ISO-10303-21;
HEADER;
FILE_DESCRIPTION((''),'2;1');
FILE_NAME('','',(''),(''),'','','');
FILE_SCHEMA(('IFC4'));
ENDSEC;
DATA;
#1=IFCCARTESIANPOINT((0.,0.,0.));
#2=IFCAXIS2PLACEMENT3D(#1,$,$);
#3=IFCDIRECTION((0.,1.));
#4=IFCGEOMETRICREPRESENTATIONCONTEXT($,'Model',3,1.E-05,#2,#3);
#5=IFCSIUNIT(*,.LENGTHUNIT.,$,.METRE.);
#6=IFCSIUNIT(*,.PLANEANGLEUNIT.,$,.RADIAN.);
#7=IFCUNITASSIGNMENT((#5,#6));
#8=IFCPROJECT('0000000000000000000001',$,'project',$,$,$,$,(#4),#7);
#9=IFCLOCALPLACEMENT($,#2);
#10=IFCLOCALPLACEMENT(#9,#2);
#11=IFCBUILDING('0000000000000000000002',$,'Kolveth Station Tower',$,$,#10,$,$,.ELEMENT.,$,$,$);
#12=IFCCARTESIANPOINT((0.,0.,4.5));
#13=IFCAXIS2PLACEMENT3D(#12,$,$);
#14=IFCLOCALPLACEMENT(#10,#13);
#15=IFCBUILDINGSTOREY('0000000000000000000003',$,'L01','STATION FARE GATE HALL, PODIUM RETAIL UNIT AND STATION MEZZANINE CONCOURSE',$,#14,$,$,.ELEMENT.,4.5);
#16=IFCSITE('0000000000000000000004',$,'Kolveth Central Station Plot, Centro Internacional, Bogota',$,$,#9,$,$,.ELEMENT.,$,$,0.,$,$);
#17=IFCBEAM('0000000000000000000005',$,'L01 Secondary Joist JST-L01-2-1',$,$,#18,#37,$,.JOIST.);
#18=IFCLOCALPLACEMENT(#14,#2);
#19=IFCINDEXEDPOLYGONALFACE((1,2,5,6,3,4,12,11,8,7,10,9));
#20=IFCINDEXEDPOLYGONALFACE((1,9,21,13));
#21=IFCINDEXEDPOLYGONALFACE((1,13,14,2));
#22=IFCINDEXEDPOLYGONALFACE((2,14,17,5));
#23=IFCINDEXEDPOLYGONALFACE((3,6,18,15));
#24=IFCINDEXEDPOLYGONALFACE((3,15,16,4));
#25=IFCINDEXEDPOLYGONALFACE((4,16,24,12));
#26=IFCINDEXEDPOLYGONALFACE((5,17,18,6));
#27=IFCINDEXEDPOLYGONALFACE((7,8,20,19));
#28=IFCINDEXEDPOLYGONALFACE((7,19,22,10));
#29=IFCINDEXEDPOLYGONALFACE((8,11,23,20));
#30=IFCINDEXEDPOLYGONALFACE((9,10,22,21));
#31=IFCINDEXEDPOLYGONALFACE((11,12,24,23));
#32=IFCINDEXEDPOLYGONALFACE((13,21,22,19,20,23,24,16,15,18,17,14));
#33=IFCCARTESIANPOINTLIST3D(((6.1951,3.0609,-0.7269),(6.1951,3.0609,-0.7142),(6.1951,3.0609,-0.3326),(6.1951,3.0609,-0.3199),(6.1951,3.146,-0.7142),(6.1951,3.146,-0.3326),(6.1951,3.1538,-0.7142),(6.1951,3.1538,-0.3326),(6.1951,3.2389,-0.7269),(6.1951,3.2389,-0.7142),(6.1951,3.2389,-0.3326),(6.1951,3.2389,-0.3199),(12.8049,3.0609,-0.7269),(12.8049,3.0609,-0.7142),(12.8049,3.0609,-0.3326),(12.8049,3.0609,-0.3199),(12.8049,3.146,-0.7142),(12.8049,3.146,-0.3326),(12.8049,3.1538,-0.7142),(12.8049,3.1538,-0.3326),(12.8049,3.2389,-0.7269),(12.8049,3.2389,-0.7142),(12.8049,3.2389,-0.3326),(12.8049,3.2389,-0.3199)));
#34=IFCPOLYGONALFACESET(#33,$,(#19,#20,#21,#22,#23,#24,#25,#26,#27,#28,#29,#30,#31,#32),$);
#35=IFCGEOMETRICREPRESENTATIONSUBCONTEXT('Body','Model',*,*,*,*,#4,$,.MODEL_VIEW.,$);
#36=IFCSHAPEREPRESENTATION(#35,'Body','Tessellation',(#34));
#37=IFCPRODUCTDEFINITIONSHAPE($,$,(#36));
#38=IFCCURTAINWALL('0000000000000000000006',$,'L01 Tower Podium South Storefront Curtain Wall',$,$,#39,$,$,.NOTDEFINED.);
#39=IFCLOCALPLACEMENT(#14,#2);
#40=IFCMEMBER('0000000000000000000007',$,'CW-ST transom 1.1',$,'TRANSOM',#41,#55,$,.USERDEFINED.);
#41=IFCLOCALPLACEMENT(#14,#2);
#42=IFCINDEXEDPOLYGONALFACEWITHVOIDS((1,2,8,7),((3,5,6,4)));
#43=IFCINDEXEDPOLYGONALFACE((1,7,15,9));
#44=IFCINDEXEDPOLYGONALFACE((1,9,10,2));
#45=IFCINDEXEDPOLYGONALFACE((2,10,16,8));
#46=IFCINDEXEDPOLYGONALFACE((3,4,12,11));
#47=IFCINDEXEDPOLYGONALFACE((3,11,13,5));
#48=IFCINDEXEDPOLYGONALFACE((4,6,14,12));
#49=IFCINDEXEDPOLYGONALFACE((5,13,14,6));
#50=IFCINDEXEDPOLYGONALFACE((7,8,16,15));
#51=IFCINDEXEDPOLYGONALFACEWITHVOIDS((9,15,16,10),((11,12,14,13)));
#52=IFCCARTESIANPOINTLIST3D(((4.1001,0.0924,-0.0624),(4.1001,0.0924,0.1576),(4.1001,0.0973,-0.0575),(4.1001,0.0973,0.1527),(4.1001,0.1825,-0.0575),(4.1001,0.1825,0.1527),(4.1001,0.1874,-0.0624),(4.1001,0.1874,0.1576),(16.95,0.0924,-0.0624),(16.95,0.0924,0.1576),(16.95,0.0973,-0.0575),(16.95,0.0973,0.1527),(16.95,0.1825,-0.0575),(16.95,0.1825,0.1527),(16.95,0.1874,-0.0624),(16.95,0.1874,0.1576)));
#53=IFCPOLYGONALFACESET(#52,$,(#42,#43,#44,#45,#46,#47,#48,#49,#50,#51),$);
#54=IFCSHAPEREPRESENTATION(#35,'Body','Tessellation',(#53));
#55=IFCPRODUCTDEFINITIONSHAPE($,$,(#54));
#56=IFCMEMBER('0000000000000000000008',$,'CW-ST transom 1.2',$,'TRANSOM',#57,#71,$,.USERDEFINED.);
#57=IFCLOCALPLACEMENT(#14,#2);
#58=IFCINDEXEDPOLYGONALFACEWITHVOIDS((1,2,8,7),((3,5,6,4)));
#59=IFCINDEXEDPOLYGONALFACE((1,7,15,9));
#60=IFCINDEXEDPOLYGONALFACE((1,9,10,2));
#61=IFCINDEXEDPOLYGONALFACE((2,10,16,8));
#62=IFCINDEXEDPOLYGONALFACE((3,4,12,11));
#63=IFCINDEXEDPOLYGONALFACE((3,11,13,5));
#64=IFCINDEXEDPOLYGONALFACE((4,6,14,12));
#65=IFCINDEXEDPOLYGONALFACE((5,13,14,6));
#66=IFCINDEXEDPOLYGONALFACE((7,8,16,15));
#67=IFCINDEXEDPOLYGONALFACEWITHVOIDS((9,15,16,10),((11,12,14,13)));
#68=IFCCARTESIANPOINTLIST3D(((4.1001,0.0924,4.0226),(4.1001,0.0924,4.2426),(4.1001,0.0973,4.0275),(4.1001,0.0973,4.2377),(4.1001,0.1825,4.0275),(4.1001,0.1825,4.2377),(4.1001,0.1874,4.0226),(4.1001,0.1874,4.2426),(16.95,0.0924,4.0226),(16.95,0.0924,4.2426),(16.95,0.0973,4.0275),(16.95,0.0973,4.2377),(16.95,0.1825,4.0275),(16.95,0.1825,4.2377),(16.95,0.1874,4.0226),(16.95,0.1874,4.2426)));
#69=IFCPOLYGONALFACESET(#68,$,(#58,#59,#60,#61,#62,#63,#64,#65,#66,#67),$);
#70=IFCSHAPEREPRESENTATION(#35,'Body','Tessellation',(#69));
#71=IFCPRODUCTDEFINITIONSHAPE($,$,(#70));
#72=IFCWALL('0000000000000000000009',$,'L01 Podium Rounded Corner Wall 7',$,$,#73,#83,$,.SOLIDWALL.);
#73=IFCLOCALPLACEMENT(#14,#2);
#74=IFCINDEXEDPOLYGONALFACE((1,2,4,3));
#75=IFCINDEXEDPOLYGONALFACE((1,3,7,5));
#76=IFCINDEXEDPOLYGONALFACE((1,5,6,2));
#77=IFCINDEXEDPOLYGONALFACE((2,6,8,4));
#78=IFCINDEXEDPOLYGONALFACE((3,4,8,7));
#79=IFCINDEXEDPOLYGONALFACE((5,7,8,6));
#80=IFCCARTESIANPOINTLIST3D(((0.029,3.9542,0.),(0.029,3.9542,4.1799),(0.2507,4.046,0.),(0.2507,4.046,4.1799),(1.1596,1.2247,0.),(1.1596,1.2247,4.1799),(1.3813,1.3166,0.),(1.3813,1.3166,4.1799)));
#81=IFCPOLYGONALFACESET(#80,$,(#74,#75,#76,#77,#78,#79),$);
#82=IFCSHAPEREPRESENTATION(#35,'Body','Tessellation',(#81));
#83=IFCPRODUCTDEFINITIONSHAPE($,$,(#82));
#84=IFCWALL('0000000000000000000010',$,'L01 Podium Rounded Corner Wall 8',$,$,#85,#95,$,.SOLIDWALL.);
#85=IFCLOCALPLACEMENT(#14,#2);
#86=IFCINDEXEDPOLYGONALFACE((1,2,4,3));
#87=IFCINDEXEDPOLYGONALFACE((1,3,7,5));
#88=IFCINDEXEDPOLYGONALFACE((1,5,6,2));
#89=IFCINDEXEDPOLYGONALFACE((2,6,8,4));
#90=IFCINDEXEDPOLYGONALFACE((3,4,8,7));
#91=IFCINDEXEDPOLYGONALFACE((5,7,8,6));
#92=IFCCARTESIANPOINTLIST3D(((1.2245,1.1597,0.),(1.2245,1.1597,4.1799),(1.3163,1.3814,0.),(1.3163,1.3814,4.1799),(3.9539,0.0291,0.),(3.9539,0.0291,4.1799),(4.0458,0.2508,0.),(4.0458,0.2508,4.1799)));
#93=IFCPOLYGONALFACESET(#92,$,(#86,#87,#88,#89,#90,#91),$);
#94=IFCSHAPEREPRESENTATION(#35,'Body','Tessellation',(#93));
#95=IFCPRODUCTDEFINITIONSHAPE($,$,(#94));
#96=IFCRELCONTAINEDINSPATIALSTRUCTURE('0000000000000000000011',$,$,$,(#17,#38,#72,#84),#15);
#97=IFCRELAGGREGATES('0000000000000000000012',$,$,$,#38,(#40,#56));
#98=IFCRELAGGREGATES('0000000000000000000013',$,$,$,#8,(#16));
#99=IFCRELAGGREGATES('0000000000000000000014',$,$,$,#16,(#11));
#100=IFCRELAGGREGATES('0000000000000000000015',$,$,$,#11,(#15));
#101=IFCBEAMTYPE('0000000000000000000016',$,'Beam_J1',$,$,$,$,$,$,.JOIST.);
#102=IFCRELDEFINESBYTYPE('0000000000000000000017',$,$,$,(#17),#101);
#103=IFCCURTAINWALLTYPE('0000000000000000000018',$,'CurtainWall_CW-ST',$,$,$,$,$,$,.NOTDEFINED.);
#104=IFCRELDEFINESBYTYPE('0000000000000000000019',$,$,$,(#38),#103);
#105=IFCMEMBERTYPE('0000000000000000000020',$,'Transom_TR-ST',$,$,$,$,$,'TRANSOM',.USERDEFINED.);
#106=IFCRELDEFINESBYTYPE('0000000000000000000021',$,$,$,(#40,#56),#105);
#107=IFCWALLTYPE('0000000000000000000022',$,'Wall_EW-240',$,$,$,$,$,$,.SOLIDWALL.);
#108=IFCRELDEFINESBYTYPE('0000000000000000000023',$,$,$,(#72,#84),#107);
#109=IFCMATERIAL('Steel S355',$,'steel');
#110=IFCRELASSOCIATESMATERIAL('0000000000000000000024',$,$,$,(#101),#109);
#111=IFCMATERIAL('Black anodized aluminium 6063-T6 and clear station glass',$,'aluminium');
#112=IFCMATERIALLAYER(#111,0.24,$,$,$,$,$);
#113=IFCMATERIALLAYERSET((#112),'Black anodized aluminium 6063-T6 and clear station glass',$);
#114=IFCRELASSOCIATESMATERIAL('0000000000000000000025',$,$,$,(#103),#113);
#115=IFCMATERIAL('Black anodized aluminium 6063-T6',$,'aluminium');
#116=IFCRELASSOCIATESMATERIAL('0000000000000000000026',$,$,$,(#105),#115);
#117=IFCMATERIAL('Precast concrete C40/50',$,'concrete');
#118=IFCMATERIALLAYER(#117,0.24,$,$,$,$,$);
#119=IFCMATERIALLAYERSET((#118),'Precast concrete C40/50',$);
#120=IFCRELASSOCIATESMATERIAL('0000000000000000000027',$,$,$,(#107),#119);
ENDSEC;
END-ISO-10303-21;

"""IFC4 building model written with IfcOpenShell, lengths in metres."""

from ifc_helpers import new_model, si_unit, direction, frame, frame_2d, origin, origin_2d, place, context, subcontext, project, spatial, rectangle, hollow_rectangle, i_section, extrude, source, transform, mapped, material, layer, layer_set, material_profile, profile_set, type_object, element, aggregate, save


model = new_model("IFC4")

# Units and contexts
model_context = context("Model", 3, precision=1e-05, world=origin(), true_north=direction((0.0, 1.0)))
body_context = subcontext(model_context, "Body", "Model", "MODEL_VIEW")
ifc_project = project(units=[si_unit("LENGTHUNIT", "METRE"), si_unit("PLANEANGLEUNIT", "RADIAN")], contexts=[model_context])

# Site, building, storey
site_placement = place(None, origin())
site = spatial("IfcSite", under=ifc_project, at=site_placement, Name="Kolveth Central Station Plot, Centro Internacional, Bogota", CompositionType="ELEMENT", RefElevation=0.0)
building_placement = place(site_placement, origin())
building = spatial("IfcBuilding", under=site, at=building_placement, Name="Kolveth Station Tower", CompositionType="ELEMENT")
storey_placement = place(building_placement, frame((0.0, 0.0, 4.5)))
storey = spatial("IfcBuildingStorey", under=building, at=storey_placement, Name="L01", Description="STATION FARE GATE HALL, PODIUM RETAIL UNIT AND STATION MEZZANINE CONCOURSE", CompositionType="ELEMENT", Elevation=4.5)

# Beam
ifc_material_1 = material(Name="Steel S355", Category="steel")
ifc_material_profile_1 = material_profile(ifc_material_1, i_section(OverallWidth=0.178, OverallDepth=0.407, WebThickness=0.0078, FlangeThickness=0.0127, at=origin_2d()), Name="W410x60")
ifc_profile_set_1 = profile_set([ifc_material_profile_1], Name="Steel S355")
beam_type_1 = type_object("IfcBeamType", Name="Beam_J1", PredefinedType="JOIST", material=ifc_profile_set_1)
shared_shape_1 = source(origin(), body_context, "Body", "SweptSolid", [
    extrude(i_section(OverallWidth=0.178, OverallDepth=0.407, WebThickness=0.0078, FlangeThickness=0.0127, at=origin_2d()), origin(), (0.0, 0.0, 1.0), 6.6099),
])
beam_1_placement = place(storey_placement, frame((6.1951, 3.1499, -0.5234), z_axis=(1.0, 0.0, 0.0), x_axis=(0.0, 1.0, 0.0)))
element("IfcBeam", 1, at=beam_1_placement, inside=storey, type_object=beam_type_1, Name="L01 Secondary Joist JST-L01-2-1", PredefinedType="JOIST", context=body_context, shape_type="MappedRepresentation", body=[
    mapped(shared_shape_1, transform((0.0, 0.0, 0.0), x_axis=(1.0, 0.0, 0.0), y_axis=(0.0, 1.0, 0.0), z_axis=(0.0, 0.0, 1.0), scale=1.0)),
])

# Curtain wall, members
ifc_material_2 = material(Name="Black anodized aluminium 6063-T6 and clear station glass", Category="aluminium")
ifc_layer_1 = layer(ifc_material_2, 0.24)
ifc_layer_set_1 = layer_set([ifc_layer_1], Name="Black anodized aluminium 6063-T6 and clear station glass")
curtain_wall_type = type_object("IfcCurtainWallType", Name="CurtainWall_CW-ST", PredefinedType="NOTDEFINED", material=ifc_layer_set_1)
curtain_wall_placement = place(storey_placement, origin())
curtain_wall = element("IfcCurtainWall", 2, at=curtain_wall_placement, inside=storey, type_object=curtain_wall_type, Name="L01 Tower Podium South Storefront Curtain Wall", PredefinedType="NOTDEFINED")
ifc_material_3 = material(Name="Black anodized aluminium 6063-T6", Category="aluminium")
ifc_material_profile_2 = material_profile(ifc_material_3, hollow_rectangle(XDim=0.095, YDim=0.22, WallThickness=0.0049, at=origin_2d()), Name="ALU-95x220x5")
ifc_profile_set_2 = profile_set([ifc_material_profile_2], Name="Black anodized aluminium 6063-T6")
member_type = type_object("IfcMemberType", Name="Transom_TR-ST", ElementType="TRANSOM", PredefinedType="USERDEFINED", material=ifc_profile_set_2)
shared_shape_2 = source(origin(), body_context, "Body", "SweptSolid", [
    extrude(hollow_rectangle(XDim=0.095, YDim=0.22, WallThickness=0.0049, at=origin_2d()), origin(), (0.0, 0.0, 1.0), 12.8499),
])
member_1_placement = place(storey_placement, frame((4.1001, 0.1399, 0.0476), z_axis=(1.0, 0.0, 0.0), x_axis=(0.0, 1.0, 0.0)))
member_1 = element("IfcMember", 3, at=member_1_placement, type_object=member_type, Name="CW-ST transom 1.1", ObjectType="TRANSOM", PredefinedType="USERDEFINED", context=body_context, shape_type="MappedRepresentation", body=[
    mapped(shared_shape_2, transform((0.0, 0.0, 0.0), x_axis=(1.0, 0.0, 0.0), y_axis=(0.0, 1.0, 0.0), z_axis=(0.0, 0.0, 1.0), scale=1.0)),
])
member_2_placement = place(storey_placement, frame((4.1001, 0.1399, 4.1326), z_axis=(1.0, 0.0, 0.0), x_axis=(0.0, 1.0, 0.0)))
member_2 = element("IfcMember", 4, at=member_2_placement, type_object=member_type, Name="CW-ST transom 1.2", ObjectType="TRANSOM", PredefinedType="USERDEFINED", context=body_context, shape_type="MappedRepresentation", body=[
    mapped(shared_shape_2, transform((0.0, 0.0, 0.0), x_axis=(1.0, 0.0, 0.0), y_axis=(0.0, 1.0, 0.0), z_axis=(0.0, 0.0, 1.0), scale=1.0)),
])
aggregate(curtain_wall, [member_1, member_2])

# Walls
ifc_material_4 = material(Name="Precast concrete C40/50", Category="concrete")
ifc_layer_2 = layer(ifc_material_4, 0.24)
ifc_layer_set_2 = layer_set([ifc_layer_2], Name="Precast concrete C40/50")
wall_type_1 = type_object("IfcWallType", Name="Wall_EW-240", PredefinedType="SOLIDWALL", material=ifc_layer_set_2)
for number, where, z_axis, x_axis, name in (
    (5, (0.1399, 4.0, 0.0), (0.0, 0.0, 1.0), (0.38269, -0.923877, 0.0), "L01 Podium Rounded Corner Wall 7"),
    (6, (1.2705, 1.2705, 0.0), (0.0, 0.0, 1.0), (0.923877, -0.38269, 0.0), "L01 Podium Rounded Corner Wall 8"),
):
    element("IfcWall", number, at=place(storey_placement, frame(where, z_axis=z_axis, x_axis=x_axis)), inside=storey, type_object=wall_type_1, Name=name, PredefinedType="SOLIDWALL", context=body_context, shape_type="SweptSolid", body=[
        extrude(rectangle(XDim=2.9543, YDim=0.24, at=frame_2d((1.4771, 0.0))), origin(), (0.0, 0.0, 1.0), 4.1799),
    ])

save(model, "model.ifc")
